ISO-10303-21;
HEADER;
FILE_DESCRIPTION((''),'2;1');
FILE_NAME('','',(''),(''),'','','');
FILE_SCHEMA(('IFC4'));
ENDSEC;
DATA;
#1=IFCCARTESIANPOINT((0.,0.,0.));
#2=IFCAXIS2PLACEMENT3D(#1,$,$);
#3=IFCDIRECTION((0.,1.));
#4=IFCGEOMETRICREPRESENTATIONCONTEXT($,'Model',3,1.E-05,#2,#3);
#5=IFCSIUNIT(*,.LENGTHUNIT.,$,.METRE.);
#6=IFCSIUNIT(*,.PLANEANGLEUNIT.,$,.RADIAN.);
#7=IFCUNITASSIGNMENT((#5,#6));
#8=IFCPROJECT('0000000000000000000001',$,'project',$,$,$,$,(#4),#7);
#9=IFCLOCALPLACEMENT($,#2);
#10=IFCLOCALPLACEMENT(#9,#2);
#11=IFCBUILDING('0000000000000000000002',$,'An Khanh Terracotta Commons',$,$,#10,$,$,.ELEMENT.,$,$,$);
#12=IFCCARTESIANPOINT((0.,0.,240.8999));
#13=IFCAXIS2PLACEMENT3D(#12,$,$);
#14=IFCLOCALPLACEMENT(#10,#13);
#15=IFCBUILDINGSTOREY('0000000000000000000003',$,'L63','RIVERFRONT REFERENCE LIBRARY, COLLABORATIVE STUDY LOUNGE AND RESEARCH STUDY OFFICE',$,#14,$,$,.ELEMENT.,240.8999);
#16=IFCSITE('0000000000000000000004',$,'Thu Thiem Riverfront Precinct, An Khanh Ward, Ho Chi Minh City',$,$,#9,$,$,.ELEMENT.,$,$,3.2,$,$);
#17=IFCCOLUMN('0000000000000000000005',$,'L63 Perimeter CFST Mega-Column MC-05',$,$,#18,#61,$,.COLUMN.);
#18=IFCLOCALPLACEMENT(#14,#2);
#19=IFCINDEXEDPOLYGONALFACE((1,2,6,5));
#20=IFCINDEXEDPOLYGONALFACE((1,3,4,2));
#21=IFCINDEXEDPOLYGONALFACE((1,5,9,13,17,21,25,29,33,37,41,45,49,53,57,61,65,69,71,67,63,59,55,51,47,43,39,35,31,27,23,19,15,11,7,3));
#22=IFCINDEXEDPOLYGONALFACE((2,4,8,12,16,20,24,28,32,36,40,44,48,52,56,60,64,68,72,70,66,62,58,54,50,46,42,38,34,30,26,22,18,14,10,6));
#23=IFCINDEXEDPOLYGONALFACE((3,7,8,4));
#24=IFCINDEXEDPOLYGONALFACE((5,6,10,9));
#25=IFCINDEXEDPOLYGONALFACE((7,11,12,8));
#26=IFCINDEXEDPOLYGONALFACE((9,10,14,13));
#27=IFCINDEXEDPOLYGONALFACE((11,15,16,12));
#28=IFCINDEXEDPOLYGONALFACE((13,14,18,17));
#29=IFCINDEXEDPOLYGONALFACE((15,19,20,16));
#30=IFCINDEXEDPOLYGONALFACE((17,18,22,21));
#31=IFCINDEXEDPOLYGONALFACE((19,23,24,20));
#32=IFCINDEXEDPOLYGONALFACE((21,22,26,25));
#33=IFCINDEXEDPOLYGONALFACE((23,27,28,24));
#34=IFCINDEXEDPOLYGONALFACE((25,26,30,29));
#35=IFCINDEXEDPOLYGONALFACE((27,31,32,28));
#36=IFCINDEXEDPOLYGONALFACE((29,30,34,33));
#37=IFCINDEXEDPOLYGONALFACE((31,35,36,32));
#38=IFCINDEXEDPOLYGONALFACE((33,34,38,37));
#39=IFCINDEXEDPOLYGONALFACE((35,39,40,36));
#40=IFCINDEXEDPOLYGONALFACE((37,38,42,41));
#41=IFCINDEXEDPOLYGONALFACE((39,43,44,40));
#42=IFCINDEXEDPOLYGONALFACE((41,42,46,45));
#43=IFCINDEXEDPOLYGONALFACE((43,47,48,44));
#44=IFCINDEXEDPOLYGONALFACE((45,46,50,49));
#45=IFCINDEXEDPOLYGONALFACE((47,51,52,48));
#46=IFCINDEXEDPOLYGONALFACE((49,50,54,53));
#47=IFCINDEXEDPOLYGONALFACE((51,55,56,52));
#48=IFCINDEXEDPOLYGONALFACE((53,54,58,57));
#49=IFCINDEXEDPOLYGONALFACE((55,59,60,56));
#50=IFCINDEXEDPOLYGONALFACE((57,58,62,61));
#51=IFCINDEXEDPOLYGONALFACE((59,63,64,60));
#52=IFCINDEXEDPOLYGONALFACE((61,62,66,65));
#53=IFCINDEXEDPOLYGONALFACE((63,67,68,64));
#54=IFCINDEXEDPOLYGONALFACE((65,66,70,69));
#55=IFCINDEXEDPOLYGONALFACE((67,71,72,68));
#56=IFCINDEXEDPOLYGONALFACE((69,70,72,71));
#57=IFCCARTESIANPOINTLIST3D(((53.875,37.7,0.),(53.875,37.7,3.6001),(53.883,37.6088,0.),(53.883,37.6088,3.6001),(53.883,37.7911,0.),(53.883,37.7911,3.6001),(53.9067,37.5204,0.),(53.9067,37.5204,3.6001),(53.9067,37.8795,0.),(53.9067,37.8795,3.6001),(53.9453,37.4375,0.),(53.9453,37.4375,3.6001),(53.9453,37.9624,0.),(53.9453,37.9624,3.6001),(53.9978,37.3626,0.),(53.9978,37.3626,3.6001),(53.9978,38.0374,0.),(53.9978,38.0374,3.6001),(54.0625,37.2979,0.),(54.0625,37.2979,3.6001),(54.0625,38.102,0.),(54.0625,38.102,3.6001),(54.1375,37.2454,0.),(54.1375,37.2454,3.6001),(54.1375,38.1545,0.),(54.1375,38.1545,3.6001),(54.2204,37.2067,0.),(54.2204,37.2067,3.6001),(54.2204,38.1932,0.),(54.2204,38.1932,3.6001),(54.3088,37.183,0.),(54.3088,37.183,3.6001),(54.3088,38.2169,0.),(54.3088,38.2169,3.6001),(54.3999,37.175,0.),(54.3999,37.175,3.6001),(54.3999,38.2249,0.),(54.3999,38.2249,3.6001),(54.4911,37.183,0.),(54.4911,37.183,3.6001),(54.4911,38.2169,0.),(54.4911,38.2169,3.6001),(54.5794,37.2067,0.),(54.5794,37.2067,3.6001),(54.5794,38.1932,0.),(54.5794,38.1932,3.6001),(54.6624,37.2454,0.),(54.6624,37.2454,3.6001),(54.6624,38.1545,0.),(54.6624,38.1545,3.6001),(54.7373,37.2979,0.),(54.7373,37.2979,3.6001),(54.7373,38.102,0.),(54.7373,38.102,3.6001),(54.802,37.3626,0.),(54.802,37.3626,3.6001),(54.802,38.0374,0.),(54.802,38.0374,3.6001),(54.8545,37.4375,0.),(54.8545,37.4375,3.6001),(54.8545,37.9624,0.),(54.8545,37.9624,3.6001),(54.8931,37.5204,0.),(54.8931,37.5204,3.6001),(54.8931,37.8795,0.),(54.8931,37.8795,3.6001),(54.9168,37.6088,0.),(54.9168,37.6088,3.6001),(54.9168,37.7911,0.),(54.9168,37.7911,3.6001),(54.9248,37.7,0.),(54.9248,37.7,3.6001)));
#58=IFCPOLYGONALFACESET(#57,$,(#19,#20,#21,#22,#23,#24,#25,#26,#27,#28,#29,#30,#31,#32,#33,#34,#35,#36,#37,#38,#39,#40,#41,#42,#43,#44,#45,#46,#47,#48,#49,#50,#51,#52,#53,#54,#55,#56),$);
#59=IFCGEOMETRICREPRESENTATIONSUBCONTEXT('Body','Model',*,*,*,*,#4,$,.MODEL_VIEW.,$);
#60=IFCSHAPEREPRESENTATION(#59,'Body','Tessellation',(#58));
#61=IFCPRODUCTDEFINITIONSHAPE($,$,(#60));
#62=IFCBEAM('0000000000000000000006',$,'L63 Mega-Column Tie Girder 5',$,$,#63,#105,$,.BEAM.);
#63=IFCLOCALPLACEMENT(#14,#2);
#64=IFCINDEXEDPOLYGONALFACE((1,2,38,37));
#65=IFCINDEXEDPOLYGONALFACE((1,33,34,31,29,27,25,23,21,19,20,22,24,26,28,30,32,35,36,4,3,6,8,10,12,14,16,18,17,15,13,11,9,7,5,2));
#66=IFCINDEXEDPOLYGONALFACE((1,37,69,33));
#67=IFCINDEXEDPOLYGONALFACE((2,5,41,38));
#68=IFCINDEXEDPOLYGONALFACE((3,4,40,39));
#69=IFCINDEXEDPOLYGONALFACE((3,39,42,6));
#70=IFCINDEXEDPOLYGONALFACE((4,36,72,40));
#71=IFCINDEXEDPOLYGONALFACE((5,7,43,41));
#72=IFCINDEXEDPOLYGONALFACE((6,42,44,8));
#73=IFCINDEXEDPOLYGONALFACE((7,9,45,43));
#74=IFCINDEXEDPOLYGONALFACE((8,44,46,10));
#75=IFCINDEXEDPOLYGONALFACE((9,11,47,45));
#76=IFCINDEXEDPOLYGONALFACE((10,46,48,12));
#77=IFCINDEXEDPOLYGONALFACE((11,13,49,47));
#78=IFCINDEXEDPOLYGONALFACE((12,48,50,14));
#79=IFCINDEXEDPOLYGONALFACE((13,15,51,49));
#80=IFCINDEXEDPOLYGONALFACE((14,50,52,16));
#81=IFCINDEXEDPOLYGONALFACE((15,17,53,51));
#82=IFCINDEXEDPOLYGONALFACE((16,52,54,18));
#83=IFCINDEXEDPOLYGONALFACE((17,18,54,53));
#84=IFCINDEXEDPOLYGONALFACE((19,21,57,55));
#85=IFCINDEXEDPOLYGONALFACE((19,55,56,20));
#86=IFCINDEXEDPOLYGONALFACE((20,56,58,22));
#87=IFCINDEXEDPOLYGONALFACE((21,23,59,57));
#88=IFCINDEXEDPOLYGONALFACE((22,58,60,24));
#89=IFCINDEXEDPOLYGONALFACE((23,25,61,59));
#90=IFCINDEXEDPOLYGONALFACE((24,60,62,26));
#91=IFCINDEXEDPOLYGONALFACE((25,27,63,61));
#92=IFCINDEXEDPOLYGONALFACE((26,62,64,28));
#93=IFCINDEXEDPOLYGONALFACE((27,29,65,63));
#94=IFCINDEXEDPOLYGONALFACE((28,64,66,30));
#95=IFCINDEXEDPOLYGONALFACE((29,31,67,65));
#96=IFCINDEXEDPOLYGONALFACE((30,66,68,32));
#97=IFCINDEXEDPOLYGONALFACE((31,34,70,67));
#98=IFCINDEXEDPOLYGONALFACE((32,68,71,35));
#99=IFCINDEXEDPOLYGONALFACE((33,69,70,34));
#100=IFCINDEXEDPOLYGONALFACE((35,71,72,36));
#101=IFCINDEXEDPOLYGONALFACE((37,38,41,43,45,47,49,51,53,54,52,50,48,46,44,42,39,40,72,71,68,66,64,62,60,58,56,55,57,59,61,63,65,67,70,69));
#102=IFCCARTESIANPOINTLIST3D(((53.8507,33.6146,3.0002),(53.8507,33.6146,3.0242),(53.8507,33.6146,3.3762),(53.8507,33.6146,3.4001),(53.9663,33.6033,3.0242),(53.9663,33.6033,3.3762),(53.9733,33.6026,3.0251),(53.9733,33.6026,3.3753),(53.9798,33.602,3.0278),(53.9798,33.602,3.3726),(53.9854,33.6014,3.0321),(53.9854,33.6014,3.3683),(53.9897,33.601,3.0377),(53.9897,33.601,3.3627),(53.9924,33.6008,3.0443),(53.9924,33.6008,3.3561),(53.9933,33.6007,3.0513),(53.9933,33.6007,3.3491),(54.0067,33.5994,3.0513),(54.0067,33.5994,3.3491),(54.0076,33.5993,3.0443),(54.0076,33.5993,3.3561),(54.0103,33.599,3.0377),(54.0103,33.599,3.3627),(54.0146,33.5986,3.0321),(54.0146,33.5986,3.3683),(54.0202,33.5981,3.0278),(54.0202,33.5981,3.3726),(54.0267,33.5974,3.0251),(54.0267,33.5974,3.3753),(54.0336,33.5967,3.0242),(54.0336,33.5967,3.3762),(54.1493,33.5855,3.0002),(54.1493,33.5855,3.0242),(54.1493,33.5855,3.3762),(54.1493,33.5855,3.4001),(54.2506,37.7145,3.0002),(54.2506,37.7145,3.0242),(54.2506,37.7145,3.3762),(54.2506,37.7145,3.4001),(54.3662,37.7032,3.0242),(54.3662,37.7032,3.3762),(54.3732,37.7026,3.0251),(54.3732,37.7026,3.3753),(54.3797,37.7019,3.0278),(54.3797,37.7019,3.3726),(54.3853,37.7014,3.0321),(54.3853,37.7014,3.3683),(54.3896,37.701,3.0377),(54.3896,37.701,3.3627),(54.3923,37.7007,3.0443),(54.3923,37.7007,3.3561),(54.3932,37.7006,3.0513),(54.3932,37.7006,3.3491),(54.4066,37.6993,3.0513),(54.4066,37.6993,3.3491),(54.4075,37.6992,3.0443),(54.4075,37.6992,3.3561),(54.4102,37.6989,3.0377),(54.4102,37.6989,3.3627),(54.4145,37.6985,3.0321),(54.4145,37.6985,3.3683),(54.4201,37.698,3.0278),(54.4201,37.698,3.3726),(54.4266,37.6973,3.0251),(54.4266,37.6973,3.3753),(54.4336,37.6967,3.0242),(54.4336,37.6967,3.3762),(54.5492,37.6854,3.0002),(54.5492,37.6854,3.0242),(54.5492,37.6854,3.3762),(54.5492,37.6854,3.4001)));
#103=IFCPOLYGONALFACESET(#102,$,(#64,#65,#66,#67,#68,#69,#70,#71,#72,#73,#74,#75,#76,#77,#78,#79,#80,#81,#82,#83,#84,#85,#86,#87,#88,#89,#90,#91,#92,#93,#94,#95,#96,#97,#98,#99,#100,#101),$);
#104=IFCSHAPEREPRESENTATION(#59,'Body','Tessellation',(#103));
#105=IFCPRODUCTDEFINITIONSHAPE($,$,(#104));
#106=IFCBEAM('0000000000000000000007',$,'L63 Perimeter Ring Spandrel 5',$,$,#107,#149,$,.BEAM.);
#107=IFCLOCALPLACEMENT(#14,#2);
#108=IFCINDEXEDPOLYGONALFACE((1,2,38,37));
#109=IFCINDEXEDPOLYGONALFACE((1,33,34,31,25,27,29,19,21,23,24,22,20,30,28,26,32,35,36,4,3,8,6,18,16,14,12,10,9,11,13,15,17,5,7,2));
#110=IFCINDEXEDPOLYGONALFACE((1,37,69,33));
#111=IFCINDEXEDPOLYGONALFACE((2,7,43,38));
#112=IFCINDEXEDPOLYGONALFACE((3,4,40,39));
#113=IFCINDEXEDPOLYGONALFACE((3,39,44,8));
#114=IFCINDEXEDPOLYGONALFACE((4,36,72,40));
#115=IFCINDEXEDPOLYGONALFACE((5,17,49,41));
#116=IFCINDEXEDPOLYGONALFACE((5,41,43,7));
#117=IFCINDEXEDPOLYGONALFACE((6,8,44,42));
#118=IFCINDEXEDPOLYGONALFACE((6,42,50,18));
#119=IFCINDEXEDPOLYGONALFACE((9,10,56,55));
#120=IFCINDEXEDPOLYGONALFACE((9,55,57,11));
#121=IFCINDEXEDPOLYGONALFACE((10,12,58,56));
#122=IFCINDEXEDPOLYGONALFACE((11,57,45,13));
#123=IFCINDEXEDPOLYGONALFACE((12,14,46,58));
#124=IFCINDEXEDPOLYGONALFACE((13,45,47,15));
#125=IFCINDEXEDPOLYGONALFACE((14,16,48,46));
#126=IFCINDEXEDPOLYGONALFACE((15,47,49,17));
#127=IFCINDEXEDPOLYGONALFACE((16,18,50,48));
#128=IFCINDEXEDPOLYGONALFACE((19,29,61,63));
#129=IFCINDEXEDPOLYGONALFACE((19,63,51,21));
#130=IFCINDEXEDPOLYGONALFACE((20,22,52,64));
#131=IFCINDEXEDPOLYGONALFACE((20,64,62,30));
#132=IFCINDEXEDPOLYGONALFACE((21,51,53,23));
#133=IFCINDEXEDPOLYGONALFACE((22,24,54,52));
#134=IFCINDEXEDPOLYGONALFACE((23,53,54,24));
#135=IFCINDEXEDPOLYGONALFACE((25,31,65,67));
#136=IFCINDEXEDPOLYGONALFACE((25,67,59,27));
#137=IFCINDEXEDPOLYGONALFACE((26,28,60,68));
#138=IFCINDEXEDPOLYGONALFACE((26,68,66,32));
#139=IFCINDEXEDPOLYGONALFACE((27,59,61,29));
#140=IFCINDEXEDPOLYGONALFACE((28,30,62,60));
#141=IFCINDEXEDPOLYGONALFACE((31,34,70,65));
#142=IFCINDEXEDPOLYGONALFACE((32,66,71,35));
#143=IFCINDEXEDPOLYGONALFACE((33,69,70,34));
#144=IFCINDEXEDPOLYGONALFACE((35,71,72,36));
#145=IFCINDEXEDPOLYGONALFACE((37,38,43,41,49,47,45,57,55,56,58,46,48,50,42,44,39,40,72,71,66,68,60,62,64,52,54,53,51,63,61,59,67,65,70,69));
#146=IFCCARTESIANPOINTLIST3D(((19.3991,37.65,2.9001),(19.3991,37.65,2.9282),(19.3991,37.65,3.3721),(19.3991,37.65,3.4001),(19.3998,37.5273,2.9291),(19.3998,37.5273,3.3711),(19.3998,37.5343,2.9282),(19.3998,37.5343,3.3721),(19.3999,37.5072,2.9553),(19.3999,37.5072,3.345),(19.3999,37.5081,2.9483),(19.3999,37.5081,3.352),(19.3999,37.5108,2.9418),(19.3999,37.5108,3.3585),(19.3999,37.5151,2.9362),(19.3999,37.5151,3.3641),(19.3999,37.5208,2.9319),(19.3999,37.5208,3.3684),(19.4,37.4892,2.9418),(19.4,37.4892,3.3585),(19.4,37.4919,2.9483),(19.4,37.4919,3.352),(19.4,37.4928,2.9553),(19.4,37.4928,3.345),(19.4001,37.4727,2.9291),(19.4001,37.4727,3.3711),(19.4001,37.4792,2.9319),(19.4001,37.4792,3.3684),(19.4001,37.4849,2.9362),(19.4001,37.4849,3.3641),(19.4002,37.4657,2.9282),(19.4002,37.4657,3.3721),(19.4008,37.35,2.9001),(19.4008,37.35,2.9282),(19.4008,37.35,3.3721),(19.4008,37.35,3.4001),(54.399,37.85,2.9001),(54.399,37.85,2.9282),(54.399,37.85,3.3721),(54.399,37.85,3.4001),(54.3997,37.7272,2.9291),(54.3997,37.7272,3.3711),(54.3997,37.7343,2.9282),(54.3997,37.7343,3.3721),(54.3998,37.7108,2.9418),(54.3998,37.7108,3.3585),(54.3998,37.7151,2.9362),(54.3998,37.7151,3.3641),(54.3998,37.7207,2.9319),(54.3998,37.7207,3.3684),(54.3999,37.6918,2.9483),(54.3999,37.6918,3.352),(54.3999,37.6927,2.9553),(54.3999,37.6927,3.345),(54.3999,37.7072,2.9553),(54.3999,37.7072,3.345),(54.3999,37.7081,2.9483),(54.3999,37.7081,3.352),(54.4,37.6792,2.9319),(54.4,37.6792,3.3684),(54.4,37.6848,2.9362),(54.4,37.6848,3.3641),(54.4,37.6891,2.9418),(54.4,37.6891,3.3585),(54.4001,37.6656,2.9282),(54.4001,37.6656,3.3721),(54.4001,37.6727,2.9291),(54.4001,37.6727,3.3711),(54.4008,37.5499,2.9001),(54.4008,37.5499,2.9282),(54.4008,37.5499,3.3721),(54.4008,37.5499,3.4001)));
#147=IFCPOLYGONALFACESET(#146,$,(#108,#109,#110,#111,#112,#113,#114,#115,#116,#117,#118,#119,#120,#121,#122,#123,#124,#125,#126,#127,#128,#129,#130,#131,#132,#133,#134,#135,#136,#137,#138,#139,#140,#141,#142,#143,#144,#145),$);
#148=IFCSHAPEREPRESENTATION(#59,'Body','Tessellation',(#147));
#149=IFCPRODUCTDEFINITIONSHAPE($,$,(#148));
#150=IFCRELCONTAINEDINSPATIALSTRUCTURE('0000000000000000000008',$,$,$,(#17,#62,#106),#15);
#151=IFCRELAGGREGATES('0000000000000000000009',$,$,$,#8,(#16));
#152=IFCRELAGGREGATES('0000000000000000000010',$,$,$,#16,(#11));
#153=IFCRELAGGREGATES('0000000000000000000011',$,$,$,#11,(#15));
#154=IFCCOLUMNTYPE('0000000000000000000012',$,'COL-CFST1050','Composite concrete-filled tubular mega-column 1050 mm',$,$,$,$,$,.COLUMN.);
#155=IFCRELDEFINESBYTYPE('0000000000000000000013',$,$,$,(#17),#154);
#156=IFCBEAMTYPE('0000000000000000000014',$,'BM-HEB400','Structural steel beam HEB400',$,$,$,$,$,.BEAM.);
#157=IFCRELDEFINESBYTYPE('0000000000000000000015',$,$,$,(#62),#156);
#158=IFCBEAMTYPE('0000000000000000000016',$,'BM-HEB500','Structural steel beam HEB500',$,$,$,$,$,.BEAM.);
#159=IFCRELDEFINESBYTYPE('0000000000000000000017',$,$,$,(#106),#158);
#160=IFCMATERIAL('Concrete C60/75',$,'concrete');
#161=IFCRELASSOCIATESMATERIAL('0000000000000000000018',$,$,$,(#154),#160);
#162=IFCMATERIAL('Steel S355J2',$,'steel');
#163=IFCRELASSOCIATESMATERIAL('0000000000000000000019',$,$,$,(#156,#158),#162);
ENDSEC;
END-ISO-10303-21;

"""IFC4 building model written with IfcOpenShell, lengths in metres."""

from ifc_helpers import new_model, si_unit, direction, frame, origin, origin_2d, place, context, subcontext, project, spatial, circle, i_section, extrude, material, material_profile, profile_set, type_object, element, save


model = new_model("IFC4")

# Units and contexts
model_context = context("Model", 3, precision=1e-05, world=origin(), true_north=direction((0.0, 1.0)))
body_context = subcontext(model_context, "Body", "Model", "MODEL_VIEW")
ifc_project = project(units=[si_unit("LENGTHUNIT", "METRE"), si_unit("PLANEANGLEUNIT", "RADIAN")], contexts=[model_context])

# Site, building, storey
site_placement = place(None, origin())
site = spatial("IfcSite", under=ifc_project, at=site_placement, Name="Thu Thiem Riverfront Precinct, An Khanh Ward, Ho Chi Minh City", CompositionType="ELEMENT", RefElevation=3.2)
building_placement = place(site_placement, origin())
building = spatial("IfcBuilding", under=site, at=building_placement, Name="An Khanh Terracotta Commons", CompositionType="ELEMENT")
storey_placement = place(building_placement, frame((0.0, 0.0, 240.8999)))
storey = spatial("IfcBuildingStorey", under=building, at=storey_placement, Name="L63", Description="RIVERFRONT REFERENCE LIBRARY, COLLABORATIVE STUDY LOUNGE AND RESEARCH STUDY OFFICE", CompositionType="ELEMENT", Elevation=240.8999)

# Column
ifc_material_1 = material(Name="Concrete C60/75", Category="concrete")
ifc_material_profile_1 = material_profile(ifc_material_1, circle(Radius=0.5249, at=origin_2d()), Name="CFST1050")
ifc_profile_set_1 = profile_set([ifc_material_profile_1], Name="Concrete C60/75")
column_type = type_object("IfcColumnType", Name="COL-CFST1050", Description="Composite concrete-filled tubular mega-column 1050 mm", PredefinedType="COLUMN", material=ifc_profile_set_1)
column_placement = place(storey_placement, frame((54.3999, 37.7, 0.0), z_axis=(0.0, 0.0, 1.0), x_axis=(1.0, 0.0, 0.0)))
element("IfcColumn", 1, at=column_placement, inside=storey, type_object=column_type, Name="L63 Perimeter CFST Mega-Column MC-05", PredefinedType="COLUMN", context=body_context, shape_type="SweptSolid", body=[
    extrude(circle(Radius=0.5249, at=origin_2d()), origin(), (0.0, 0.0, 1.0), 3.6001),
])

# Beams
ifc_material_2 = material(Name="Steel S355J2", Category="steel")
ifc_material_profile_2 = material_profile(ifc_material_2, i_section(OverallWidth=0.3, OverallDepth=0.3999, WebThickness=0.0134, FlangeThickness=0.0239, FilletRadius=0.0271, at=origin_2d()), Name="HEB400")
ifc_profile_set_2 = profile_set([ifc_material_profile_2], Name="Steel S355J2")
beam_type_1 = type_object("IfcBeamType", Name="BM-HEB400", Description="Structural steel beam HEB400", PredefinedType="BEAM", material=ifc_profile_set_2)
beam_1_placement = place(storey_placement, frame((54.3999, 37.7, 3.2002), z_axis=(-0.09708, -0.995277, 0.0), x_axis=(0.995277, -0.09708, 0.0)))
element("IfcBeam", 2, at=beam_1_placement, inside=storey, type_object=beam_type_1, Name="L63 Mega-Column Tie Girder 5", PredefinedType="BEAM", context=body_context, shape_type="SweptSolid", body=[
    extrude(i_section(OverallWidth=0.3, OverallDepth=0.3999, WebThickness=0.0134, FlangeThickness=0.0239, FilletRadius=0.0271, at=origin_2d()), origin(), (0.0, 0.0, 1.0), 4.1194),
])
ifc_material_profile_3 = material_profile(ifc_material_2, i_section(OverallWidth=0.3, OverallDepth=0.5, WebThickness=0.0144, FlangeThickness=0.0281, FilletRadius=0.0271, at=origin_2d()), Name="HEB500")
ifc_profile_set_3 = profile_set([ifc_material_profile_3], Name="Steel S355J2")
beam_type_2 = type_object("IfcBeamType", Name="BM-HEB500", Description="Structural steel beam HEB500", PredefinedType="BEAM", material=ifc_profile_set_3)
beam_2_placement = place(storey_placement, frame((54.3999, 37.7, 3.1501), z_axis=(-0.999984, -0.005713, 0.0), x_axis=(0.005713, -0.999984, 0.0)))
element("IfcBeam", 3, at=beam_2_placement, inside=storey, type_object=beam_type_2, Name="L63 Perimeter Ring Spandrel 5", PredefinedType="BEAM", context=body_context, shape_type="SweptSolid", body=[
    extrude(i_section(OverallWidth=0.3, OverallDepth=0.5, WebThickness=0.0144, FlangeThickness=0.0281, FilletRadius=0.0271, at=origin_2d()), origin(), (0.0, 0.0, 1.0), 35.0005),
])

save(model, "model.ifc")
